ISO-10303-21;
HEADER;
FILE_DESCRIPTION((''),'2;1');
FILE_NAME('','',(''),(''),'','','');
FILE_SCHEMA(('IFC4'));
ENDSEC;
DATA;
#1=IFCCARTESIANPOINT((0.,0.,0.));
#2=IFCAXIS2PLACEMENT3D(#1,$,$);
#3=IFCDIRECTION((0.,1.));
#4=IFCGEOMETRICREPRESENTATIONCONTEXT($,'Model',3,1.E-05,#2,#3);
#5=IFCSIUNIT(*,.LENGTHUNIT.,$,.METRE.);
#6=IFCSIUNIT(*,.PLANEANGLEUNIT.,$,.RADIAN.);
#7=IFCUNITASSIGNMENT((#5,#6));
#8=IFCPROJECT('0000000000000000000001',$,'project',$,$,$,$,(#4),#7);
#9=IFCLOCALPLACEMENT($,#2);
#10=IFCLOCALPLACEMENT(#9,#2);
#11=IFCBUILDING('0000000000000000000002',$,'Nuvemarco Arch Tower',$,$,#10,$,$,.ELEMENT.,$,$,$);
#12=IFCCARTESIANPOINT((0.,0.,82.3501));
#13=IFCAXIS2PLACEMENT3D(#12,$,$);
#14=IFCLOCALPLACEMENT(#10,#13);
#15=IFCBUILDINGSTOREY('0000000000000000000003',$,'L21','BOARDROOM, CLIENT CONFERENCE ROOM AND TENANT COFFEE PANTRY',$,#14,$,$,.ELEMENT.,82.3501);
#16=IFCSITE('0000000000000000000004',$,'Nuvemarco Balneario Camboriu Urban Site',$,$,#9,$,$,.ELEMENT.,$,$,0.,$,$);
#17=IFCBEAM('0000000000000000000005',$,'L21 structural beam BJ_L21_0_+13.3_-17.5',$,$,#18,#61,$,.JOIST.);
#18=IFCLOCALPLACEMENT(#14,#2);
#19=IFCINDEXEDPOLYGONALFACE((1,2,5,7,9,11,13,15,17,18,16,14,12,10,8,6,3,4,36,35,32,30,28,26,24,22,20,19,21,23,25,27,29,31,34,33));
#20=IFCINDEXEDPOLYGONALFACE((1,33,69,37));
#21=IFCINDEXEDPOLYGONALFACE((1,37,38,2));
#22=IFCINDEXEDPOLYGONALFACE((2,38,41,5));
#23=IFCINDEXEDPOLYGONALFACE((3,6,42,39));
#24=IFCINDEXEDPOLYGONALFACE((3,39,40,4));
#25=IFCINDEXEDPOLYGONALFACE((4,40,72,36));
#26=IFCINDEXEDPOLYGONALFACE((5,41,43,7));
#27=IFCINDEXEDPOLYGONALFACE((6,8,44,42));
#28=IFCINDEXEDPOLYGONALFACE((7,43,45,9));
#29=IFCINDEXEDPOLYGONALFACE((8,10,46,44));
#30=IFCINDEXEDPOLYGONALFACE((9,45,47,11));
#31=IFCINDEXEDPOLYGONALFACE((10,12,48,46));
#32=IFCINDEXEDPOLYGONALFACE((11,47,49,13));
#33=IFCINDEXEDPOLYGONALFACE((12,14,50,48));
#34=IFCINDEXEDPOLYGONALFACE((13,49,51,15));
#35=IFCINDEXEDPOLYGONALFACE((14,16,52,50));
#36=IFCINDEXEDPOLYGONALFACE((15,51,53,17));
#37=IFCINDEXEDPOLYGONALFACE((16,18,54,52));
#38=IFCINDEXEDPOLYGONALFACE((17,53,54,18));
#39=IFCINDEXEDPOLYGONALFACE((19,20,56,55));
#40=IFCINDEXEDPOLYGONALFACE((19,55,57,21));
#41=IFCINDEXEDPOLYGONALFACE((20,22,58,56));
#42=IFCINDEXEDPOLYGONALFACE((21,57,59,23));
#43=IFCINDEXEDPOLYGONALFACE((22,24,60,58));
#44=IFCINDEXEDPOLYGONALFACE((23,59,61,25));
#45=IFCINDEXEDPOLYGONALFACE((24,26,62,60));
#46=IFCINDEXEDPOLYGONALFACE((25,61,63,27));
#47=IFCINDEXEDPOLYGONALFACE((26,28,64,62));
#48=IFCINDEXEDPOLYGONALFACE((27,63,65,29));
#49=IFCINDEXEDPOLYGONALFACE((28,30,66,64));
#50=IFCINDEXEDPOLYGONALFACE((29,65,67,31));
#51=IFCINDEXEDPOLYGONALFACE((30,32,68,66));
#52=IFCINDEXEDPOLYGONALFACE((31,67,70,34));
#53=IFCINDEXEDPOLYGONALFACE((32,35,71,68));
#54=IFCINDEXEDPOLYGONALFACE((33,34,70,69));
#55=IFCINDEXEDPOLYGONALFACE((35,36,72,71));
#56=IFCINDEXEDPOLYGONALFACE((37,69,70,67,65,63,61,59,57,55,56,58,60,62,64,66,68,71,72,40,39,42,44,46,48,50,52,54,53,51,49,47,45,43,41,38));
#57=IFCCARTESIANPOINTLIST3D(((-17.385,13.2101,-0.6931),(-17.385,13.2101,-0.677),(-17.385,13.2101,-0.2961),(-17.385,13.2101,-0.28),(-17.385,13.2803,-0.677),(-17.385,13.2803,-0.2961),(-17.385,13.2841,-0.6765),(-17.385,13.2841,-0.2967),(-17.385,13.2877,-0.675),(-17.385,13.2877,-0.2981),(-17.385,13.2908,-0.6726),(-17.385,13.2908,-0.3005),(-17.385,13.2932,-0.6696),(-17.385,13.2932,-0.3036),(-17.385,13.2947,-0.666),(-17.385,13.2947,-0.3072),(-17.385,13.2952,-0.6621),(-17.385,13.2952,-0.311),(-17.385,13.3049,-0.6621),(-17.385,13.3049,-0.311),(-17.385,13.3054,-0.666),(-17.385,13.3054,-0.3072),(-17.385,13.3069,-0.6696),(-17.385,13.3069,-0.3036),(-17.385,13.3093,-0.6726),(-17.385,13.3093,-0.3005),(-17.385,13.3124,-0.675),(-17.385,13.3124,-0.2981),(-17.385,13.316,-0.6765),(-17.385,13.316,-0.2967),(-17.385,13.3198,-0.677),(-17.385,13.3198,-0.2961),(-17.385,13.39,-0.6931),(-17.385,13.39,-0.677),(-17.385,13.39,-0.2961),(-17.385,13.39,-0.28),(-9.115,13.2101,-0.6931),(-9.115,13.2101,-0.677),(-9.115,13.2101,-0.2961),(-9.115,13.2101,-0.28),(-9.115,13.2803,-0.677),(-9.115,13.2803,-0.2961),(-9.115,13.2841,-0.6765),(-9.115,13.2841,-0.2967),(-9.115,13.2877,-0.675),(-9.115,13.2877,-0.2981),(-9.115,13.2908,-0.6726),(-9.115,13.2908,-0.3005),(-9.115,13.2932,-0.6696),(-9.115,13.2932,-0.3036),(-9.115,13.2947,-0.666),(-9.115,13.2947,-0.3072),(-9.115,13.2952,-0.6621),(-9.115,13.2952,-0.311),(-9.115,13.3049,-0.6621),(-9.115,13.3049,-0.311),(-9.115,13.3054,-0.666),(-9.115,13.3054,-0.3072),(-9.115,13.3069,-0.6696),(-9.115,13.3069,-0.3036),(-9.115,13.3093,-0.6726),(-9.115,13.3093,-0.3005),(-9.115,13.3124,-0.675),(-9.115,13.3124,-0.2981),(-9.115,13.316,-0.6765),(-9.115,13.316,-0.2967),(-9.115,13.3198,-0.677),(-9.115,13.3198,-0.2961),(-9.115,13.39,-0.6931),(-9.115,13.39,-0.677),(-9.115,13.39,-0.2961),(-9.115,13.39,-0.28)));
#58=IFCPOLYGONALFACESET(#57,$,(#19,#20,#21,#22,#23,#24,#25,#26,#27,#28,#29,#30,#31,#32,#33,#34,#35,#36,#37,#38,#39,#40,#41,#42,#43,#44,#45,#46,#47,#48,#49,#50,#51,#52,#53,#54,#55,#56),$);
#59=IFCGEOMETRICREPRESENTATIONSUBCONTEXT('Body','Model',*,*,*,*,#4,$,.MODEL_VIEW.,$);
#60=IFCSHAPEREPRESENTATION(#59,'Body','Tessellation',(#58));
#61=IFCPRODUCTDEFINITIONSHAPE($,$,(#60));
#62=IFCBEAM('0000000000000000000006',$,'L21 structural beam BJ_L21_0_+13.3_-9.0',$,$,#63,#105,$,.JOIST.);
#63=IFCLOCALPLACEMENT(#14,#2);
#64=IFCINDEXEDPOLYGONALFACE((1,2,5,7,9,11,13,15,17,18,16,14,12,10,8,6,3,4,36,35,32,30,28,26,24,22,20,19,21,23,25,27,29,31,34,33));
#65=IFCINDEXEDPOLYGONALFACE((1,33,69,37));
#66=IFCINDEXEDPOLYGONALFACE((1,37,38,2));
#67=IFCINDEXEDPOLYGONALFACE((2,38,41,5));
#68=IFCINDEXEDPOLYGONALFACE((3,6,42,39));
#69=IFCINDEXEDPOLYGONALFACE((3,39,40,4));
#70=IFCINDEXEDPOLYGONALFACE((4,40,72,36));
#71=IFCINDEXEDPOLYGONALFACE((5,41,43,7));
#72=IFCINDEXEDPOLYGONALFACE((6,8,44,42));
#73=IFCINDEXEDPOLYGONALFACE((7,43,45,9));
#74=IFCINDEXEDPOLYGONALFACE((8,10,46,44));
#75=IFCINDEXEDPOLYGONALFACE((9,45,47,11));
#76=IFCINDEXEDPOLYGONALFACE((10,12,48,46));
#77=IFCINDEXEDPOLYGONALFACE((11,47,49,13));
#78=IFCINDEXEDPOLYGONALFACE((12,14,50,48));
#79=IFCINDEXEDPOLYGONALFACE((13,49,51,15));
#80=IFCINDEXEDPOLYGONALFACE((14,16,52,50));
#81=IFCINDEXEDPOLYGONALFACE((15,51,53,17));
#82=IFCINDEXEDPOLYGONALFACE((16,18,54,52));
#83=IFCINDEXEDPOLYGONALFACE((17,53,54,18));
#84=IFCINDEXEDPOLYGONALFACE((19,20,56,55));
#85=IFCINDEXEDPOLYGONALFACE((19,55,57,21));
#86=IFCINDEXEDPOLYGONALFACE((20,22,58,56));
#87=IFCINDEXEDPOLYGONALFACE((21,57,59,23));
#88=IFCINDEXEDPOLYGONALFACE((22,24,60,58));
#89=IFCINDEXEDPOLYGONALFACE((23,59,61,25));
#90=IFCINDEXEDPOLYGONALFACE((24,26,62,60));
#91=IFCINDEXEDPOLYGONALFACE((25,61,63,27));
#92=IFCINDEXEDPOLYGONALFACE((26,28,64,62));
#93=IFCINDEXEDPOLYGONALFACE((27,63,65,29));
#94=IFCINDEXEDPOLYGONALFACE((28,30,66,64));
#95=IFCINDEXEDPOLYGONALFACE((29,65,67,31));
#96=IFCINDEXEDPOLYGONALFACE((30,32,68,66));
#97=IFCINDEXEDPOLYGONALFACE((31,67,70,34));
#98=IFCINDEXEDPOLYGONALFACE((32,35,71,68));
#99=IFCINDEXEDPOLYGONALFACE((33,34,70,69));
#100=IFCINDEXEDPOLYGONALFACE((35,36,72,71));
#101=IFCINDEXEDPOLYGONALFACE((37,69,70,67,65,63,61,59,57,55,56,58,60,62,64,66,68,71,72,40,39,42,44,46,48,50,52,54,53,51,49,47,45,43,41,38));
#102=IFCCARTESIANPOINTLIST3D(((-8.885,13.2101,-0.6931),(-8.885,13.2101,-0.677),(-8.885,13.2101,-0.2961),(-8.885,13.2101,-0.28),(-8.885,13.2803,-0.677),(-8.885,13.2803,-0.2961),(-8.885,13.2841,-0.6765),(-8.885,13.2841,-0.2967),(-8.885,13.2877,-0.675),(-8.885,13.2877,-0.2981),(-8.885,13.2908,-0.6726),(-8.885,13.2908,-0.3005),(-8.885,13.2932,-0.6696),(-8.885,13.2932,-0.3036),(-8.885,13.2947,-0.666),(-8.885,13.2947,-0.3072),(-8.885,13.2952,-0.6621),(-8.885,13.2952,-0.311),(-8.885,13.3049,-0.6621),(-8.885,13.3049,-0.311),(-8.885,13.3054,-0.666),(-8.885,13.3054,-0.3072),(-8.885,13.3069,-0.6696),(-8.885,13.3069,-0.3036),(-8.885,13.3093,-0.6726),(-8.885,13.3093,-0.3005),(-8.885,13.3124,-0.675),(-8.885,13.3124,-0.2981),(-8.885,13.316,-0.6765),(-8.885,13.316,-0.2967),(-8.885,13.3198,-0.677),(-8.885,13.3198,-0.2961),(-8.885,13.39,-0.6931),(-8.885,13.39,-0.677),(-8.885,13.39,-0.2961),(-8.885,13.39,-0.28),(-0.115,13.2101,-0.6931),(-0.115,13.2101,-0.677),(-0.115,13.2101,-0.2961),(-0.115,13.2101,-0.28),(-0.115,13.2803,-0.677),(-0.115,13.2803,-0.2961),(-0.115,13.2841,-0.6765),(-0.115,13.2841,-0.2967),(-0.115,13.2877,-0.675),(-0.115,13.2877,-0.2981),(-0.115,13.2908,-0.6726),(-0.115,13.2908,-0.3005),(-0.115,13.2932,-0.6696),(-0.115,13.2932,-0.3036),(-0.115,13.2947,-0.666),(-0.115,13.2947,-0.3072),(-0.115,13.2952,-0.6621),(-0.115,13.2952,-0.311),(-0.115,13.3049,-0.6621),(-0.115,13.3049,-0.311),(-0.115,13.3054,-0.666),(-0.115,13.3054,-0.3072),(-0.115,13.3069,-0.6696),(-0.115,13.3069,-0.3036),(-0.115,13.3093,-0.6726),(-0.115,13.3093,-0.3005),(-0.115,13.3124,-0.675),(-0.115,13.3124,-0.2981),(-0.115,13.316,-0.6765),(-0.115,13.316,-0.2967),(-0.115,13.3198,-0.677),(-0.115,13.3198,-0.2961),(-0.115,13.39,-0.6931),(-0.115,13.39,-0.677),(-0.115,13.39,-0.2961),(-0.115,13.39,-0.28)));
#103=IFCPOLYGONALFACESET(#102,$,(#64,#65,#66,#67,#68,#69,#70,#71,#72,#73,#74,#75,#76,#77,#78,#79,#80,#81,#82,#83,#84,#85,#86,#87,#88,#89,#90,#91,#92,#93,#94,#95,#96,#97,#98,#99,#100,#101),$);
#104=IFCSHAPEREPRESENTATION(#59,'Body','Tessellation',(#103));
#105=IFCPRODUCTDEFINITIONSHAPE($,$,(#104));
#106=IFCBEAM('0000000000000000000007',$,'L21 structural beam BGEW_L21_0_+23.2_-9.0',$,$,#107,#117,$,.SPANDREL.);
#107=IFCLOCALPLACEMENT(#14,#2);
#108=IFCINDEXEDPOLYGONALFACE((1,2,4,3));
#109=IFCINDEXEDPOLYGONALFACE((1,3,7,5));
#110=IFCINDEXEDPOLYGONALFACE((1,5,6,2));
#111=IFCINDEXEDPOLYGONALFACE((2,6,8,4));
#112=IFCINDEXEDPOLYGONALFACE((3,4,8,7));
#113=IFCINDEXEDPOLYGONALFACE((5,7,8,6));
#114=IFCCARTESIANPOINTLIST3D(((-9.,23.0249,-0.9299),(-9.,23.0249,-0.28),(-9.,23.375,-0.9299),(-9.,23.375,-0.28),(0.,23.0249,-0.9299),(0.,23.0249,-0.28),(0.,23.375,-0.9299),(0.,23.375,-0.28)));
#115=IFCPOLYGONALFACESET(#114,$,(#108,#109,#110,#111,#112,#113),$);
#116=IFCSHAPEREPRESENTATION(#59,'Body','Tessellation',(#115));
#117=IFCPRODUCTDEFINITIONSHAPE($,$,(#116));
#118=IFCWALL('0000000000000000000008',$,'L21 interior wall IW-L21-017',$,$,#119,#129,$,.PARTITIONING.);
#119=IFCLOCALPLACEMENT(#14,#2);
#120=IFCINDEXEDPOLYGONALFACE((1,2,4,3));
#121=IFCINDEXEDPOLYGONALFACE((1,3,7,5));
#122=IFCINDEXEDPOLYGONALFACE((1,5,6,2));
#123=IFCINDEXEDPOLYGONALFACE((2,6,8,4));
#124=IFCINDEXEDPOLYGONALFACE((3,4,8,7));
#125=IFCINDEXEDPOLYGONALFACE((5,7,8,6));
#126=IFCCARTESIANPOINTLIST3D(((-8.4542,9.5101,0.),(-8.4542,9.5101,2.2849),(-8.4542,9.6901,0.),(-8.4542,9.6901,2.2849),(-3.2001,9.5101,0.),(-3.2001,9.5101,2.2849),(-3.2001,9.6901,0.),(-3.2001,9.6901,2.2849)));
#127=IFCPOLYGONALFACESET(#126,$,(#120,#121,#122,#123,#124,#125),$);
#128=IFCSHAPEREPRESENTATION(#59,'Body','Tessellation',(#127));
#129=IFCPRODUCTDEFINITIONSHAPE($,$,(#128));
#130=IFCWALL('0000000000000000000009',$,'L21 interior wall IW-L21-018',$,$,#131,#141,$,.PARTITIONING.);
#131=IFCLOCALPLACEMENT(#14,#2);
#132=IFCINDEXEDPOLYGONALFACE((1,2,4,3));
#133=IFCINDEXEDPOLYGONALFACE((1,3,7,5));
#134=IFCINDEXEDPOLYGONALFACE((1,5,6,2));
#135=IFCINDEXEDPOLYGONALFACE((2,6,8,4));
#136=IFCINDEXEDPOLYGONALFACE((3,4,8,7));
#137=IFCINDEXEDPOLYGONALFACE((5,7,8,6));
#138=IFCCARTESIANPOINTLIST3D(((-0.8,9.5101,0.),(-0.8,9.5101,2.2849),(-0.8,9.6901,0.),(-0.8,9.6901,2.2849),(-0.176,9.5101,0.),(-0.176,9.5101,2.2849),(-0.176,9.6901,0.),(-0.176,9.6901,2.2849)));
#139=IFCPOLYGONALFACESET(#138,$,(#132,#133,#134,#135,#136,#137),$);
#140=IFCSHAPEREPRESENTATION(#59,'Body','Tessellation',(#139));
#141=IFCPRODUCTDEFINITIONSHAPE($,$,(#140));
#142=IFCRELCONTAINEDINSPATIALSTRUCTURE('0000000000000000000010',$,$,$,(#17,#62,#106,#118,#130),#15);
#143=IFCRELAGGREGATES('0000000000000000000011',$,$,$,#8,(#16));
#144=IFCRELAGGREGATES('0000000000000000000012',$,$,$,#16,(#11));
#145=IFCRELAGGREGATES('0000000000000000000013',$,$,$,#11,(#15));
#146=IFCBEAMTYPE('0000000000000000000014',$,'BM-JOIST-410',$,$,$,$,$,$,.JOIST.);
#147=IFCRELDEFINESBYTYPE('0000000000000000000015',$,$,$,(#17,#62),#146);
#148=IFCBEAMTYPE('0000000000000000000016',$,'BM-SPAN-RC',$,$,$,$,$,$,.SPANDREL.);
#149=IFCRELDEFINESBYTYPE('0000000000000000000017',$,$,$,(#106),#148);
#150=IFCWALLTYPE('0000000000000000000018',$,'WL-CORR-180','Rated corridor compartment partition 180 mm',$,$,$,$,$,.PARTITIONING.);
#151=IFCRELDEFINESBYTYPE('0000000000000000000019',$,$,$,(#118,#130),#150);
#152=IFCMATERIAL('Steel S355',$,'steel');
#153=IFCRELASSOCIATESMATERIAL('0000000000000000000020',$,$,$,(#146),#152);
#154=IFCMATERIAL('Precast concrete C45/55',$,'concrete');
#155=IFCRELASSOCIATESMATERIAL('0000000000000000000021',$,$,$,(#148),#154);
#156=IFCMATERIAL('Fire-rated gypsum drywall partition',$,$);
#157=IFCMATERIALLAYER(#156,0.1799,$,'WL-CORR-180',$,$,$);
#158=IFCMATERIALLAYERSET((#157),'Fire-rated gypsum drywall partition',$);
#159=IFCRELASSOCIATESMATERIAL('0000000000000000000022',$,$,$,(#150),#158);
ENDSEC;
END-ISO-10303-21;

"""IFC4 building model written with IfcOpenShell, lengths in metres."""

from ifc_helpers import new_model, si_unit, direction, frame, frame_2d, origin, origin_2d, place, context, subcontext, project, spatial, rectangle, i_section, extrude, material, layer, layer_set, material_profile, profile_set, type_object, element, save


model = new_model("IFC4")

# Units and contexts
model_context = context("Model", 3, precision=1e-05, world=origin(), true_north=direction((0.0, 1.0)))
body_context = subcontext(model_context, "Body", "Model", "MODEL_VIEW")
ifc_project = project(units=[si_unit("LENGTHUNIT", "METRE"), si_unit("PLANEANGLEUNIT", "RADIAN")], contexts=[model_context])

# Site, building, storey
site_placement = place(None, origin())
site = spatial("IfcSite", under=ifc_project, at=site_placement, Name="Nuvemarco Balneario Camboriu Urban Site", CompositionType="ELEMENT", RefElevation=0.0)
building_placement = place(site_placement, origin())
building = spatial("IfcBuilding", under=site, at=building_placement, Name="Nuvemarco Arch Tower", CompositionType="ELEMENT")
storey_placement = place(building_placement, frame((0.0, 0.0, 82.3501)))
storey = spatial("IfcBuildingStorey", under=building, at=storey_placement, Name="L21", Description="BOARDROOM, CLIENT CONFERENCE ROOM AND TENANT COFFEE PANTRY", CompositionType="ELEMENT", Elevation=82.3501)

# Shared definitions
ifc_material_1 = material(Name="Steel S355", Category="steel")

# Beams
ifc_material_profile_1 = material_profile(ifc_material_1, i_section(OverallWidth=0.1799, OverallDepth=0.4131, WebThickness=0.0098, FlangeThickness=0.0161, FilletRadius=0.0149, at=origin_2d()), Name="W410x75")
ifc_profile_set_1 = profile_set([ifc_material_profile_1], Name="Steel S355")
beam_type_1 = type_object("IfcBeamType", Name="BM-JOIST-410", PredefinedType="JOIST", material=ifc_profile_set_1)
beam_1_placement = place(storey_placement, frame((-17.385, 13.3, -0.4866), z_axis=(1.0, 0.0, 0.0), x_axis=(0.0, 1.0, 0.0)))
element("IfcBeam", 1, at=beam_1_placement, inside=storey, type_object=beam_type_1, Name="L21 structural beam BJ_L21_0_+13.3_-17.5", PredefinedType="JOIST", context=body_context, shape_type="SweptSolid", body=[
    extrude(i_section(OverallWidth=0.1799, OverallDepth=0.4131, WebThickness=0.0098, FlangeThickness=0.0161, FilletRadius=0.0149, at=origin_2d()), origin(), (0.0, 0.0, 1.0), 8.27),
])
beam_2_placement = place(storey_placement, frame((-8.885, 13.3, -0.4866), z_axis=(1.0, 0.0, 0.0), x_axis=(0.0, 1.0, 0.0)))
element("IfcBeam", 2, at=beam_2_placement, inside=storey, type_object=beam_type_1, Name="L21 structural beam BJ_L21_0_+13.3_-9.0", PredefinedType="JOIST", context=body_context, shape_type="SweptSolid", body=[
    extrude(i_section(OverallWidth=0.1799, OverallDepth=0.4131, WebThickness=0.0098, FlangeThickness=0.0161, FilletRadius=0.0149, at=origin_2d()), origin(), (0.0, 0.0, 1.0), 8.77),
])
ifc_material_2 = material(Name="Precast concrete C45/55", Category="concrete")
ifc_material_profile_2 = material_profile(ifc_material_2, rectangle(XDim=0.3501, YDim=0.6499, at=origin_2d()), Name="PC-SP-350x650")
ifc_profile_set_2 = profile_set([ifc_material_profile_2], Name="Precast concrete C45/55")
beam_type_2 = type_object("IfcBeamType", Name="BM-SPAN-RC", PredefinedType="SPANDREL", material=ifc_profile_set_2)
beam_3_placement = place(storey_placement, frame((-9.0, 23.2, -0.605), z_axis=(1.0, 0.0, 0.0), x_axis=(0.0, 1.0, 0.0)))
element("IfcBeam", 3, at=beam_3_placement, inside=storey, type_object=beam_type_2, Name="L21 structural beam BGEW_L21_0_+23.2_-9.0", PredefinedType="SPANDREL", context=body_context, shape_type="SweptSolid", body=[
    extrude(rectangle(XDim=0.3501, YDim=0.6499, at=origin_2d()), origin(), (0.0, 0.0, 1.0), 9.0),
])

# Walls
ifc_material_3 = material(Name="Fire-rated gypsum drywall partition")
ifc_layer_1 = layer(ifc_material_3, 0.1799, Name="WL-CORR-180")
ifc_layer_set_1 = layer_set([ifc_layer_1], Name="Fire-rated gypsum drywall partition")
wall_type_1 = type_object("IfcWallType", Name="WL-CORR-180", Description="Rated corridor compartment partition 180 mm", PredefinedType="PARTITIONING", material=ifc_layer_set_1)
wall_1_placement = place(storey_placement, frame((-8.4541, 9.6001, 0.0), z_axis=(0.0, 0.0, 1.0), x_axis=(1.0, 0.0, 0.0)))
element("IfcWall", 4, at=wall_1_placement, inside=storey, type_object=wall_type_1, Name="L21 interior wall IW-L21-017", PredefinedType="PARTITIONING", context=body_context, shape_type="SweptSolid", body=[
    extrude(rectangle(XDim=5.2542, YDim=0.1799, at=frame_2d((2.627, 0.0))), origin(), (0.0, 0.0, 1.0), 2.2849),
])
wall_2_placement = place(storey_placement, frame((-0.8, 9.6001, 0.0), z_axis=(0.0, 0.0, 1.0), x_axis=(1.0, 0.0, 0.0)))
element("IfcWall", 5, at=wall_2_placement, inside=storey, type_object=wall_type_1, Name="L21 interior wall IW-L21-018", PredefinedType="PARTITIONING", context=body_context, shape_type="SweptSolid", body=[
    extrude(rectangle(XDim=0.624, YDim=0.1799, at=frame_2d((0.312, 0.0))), origin(), (0.0, 0.0, 1.0), 2.2849),
])

save(model, "model.ifc")
